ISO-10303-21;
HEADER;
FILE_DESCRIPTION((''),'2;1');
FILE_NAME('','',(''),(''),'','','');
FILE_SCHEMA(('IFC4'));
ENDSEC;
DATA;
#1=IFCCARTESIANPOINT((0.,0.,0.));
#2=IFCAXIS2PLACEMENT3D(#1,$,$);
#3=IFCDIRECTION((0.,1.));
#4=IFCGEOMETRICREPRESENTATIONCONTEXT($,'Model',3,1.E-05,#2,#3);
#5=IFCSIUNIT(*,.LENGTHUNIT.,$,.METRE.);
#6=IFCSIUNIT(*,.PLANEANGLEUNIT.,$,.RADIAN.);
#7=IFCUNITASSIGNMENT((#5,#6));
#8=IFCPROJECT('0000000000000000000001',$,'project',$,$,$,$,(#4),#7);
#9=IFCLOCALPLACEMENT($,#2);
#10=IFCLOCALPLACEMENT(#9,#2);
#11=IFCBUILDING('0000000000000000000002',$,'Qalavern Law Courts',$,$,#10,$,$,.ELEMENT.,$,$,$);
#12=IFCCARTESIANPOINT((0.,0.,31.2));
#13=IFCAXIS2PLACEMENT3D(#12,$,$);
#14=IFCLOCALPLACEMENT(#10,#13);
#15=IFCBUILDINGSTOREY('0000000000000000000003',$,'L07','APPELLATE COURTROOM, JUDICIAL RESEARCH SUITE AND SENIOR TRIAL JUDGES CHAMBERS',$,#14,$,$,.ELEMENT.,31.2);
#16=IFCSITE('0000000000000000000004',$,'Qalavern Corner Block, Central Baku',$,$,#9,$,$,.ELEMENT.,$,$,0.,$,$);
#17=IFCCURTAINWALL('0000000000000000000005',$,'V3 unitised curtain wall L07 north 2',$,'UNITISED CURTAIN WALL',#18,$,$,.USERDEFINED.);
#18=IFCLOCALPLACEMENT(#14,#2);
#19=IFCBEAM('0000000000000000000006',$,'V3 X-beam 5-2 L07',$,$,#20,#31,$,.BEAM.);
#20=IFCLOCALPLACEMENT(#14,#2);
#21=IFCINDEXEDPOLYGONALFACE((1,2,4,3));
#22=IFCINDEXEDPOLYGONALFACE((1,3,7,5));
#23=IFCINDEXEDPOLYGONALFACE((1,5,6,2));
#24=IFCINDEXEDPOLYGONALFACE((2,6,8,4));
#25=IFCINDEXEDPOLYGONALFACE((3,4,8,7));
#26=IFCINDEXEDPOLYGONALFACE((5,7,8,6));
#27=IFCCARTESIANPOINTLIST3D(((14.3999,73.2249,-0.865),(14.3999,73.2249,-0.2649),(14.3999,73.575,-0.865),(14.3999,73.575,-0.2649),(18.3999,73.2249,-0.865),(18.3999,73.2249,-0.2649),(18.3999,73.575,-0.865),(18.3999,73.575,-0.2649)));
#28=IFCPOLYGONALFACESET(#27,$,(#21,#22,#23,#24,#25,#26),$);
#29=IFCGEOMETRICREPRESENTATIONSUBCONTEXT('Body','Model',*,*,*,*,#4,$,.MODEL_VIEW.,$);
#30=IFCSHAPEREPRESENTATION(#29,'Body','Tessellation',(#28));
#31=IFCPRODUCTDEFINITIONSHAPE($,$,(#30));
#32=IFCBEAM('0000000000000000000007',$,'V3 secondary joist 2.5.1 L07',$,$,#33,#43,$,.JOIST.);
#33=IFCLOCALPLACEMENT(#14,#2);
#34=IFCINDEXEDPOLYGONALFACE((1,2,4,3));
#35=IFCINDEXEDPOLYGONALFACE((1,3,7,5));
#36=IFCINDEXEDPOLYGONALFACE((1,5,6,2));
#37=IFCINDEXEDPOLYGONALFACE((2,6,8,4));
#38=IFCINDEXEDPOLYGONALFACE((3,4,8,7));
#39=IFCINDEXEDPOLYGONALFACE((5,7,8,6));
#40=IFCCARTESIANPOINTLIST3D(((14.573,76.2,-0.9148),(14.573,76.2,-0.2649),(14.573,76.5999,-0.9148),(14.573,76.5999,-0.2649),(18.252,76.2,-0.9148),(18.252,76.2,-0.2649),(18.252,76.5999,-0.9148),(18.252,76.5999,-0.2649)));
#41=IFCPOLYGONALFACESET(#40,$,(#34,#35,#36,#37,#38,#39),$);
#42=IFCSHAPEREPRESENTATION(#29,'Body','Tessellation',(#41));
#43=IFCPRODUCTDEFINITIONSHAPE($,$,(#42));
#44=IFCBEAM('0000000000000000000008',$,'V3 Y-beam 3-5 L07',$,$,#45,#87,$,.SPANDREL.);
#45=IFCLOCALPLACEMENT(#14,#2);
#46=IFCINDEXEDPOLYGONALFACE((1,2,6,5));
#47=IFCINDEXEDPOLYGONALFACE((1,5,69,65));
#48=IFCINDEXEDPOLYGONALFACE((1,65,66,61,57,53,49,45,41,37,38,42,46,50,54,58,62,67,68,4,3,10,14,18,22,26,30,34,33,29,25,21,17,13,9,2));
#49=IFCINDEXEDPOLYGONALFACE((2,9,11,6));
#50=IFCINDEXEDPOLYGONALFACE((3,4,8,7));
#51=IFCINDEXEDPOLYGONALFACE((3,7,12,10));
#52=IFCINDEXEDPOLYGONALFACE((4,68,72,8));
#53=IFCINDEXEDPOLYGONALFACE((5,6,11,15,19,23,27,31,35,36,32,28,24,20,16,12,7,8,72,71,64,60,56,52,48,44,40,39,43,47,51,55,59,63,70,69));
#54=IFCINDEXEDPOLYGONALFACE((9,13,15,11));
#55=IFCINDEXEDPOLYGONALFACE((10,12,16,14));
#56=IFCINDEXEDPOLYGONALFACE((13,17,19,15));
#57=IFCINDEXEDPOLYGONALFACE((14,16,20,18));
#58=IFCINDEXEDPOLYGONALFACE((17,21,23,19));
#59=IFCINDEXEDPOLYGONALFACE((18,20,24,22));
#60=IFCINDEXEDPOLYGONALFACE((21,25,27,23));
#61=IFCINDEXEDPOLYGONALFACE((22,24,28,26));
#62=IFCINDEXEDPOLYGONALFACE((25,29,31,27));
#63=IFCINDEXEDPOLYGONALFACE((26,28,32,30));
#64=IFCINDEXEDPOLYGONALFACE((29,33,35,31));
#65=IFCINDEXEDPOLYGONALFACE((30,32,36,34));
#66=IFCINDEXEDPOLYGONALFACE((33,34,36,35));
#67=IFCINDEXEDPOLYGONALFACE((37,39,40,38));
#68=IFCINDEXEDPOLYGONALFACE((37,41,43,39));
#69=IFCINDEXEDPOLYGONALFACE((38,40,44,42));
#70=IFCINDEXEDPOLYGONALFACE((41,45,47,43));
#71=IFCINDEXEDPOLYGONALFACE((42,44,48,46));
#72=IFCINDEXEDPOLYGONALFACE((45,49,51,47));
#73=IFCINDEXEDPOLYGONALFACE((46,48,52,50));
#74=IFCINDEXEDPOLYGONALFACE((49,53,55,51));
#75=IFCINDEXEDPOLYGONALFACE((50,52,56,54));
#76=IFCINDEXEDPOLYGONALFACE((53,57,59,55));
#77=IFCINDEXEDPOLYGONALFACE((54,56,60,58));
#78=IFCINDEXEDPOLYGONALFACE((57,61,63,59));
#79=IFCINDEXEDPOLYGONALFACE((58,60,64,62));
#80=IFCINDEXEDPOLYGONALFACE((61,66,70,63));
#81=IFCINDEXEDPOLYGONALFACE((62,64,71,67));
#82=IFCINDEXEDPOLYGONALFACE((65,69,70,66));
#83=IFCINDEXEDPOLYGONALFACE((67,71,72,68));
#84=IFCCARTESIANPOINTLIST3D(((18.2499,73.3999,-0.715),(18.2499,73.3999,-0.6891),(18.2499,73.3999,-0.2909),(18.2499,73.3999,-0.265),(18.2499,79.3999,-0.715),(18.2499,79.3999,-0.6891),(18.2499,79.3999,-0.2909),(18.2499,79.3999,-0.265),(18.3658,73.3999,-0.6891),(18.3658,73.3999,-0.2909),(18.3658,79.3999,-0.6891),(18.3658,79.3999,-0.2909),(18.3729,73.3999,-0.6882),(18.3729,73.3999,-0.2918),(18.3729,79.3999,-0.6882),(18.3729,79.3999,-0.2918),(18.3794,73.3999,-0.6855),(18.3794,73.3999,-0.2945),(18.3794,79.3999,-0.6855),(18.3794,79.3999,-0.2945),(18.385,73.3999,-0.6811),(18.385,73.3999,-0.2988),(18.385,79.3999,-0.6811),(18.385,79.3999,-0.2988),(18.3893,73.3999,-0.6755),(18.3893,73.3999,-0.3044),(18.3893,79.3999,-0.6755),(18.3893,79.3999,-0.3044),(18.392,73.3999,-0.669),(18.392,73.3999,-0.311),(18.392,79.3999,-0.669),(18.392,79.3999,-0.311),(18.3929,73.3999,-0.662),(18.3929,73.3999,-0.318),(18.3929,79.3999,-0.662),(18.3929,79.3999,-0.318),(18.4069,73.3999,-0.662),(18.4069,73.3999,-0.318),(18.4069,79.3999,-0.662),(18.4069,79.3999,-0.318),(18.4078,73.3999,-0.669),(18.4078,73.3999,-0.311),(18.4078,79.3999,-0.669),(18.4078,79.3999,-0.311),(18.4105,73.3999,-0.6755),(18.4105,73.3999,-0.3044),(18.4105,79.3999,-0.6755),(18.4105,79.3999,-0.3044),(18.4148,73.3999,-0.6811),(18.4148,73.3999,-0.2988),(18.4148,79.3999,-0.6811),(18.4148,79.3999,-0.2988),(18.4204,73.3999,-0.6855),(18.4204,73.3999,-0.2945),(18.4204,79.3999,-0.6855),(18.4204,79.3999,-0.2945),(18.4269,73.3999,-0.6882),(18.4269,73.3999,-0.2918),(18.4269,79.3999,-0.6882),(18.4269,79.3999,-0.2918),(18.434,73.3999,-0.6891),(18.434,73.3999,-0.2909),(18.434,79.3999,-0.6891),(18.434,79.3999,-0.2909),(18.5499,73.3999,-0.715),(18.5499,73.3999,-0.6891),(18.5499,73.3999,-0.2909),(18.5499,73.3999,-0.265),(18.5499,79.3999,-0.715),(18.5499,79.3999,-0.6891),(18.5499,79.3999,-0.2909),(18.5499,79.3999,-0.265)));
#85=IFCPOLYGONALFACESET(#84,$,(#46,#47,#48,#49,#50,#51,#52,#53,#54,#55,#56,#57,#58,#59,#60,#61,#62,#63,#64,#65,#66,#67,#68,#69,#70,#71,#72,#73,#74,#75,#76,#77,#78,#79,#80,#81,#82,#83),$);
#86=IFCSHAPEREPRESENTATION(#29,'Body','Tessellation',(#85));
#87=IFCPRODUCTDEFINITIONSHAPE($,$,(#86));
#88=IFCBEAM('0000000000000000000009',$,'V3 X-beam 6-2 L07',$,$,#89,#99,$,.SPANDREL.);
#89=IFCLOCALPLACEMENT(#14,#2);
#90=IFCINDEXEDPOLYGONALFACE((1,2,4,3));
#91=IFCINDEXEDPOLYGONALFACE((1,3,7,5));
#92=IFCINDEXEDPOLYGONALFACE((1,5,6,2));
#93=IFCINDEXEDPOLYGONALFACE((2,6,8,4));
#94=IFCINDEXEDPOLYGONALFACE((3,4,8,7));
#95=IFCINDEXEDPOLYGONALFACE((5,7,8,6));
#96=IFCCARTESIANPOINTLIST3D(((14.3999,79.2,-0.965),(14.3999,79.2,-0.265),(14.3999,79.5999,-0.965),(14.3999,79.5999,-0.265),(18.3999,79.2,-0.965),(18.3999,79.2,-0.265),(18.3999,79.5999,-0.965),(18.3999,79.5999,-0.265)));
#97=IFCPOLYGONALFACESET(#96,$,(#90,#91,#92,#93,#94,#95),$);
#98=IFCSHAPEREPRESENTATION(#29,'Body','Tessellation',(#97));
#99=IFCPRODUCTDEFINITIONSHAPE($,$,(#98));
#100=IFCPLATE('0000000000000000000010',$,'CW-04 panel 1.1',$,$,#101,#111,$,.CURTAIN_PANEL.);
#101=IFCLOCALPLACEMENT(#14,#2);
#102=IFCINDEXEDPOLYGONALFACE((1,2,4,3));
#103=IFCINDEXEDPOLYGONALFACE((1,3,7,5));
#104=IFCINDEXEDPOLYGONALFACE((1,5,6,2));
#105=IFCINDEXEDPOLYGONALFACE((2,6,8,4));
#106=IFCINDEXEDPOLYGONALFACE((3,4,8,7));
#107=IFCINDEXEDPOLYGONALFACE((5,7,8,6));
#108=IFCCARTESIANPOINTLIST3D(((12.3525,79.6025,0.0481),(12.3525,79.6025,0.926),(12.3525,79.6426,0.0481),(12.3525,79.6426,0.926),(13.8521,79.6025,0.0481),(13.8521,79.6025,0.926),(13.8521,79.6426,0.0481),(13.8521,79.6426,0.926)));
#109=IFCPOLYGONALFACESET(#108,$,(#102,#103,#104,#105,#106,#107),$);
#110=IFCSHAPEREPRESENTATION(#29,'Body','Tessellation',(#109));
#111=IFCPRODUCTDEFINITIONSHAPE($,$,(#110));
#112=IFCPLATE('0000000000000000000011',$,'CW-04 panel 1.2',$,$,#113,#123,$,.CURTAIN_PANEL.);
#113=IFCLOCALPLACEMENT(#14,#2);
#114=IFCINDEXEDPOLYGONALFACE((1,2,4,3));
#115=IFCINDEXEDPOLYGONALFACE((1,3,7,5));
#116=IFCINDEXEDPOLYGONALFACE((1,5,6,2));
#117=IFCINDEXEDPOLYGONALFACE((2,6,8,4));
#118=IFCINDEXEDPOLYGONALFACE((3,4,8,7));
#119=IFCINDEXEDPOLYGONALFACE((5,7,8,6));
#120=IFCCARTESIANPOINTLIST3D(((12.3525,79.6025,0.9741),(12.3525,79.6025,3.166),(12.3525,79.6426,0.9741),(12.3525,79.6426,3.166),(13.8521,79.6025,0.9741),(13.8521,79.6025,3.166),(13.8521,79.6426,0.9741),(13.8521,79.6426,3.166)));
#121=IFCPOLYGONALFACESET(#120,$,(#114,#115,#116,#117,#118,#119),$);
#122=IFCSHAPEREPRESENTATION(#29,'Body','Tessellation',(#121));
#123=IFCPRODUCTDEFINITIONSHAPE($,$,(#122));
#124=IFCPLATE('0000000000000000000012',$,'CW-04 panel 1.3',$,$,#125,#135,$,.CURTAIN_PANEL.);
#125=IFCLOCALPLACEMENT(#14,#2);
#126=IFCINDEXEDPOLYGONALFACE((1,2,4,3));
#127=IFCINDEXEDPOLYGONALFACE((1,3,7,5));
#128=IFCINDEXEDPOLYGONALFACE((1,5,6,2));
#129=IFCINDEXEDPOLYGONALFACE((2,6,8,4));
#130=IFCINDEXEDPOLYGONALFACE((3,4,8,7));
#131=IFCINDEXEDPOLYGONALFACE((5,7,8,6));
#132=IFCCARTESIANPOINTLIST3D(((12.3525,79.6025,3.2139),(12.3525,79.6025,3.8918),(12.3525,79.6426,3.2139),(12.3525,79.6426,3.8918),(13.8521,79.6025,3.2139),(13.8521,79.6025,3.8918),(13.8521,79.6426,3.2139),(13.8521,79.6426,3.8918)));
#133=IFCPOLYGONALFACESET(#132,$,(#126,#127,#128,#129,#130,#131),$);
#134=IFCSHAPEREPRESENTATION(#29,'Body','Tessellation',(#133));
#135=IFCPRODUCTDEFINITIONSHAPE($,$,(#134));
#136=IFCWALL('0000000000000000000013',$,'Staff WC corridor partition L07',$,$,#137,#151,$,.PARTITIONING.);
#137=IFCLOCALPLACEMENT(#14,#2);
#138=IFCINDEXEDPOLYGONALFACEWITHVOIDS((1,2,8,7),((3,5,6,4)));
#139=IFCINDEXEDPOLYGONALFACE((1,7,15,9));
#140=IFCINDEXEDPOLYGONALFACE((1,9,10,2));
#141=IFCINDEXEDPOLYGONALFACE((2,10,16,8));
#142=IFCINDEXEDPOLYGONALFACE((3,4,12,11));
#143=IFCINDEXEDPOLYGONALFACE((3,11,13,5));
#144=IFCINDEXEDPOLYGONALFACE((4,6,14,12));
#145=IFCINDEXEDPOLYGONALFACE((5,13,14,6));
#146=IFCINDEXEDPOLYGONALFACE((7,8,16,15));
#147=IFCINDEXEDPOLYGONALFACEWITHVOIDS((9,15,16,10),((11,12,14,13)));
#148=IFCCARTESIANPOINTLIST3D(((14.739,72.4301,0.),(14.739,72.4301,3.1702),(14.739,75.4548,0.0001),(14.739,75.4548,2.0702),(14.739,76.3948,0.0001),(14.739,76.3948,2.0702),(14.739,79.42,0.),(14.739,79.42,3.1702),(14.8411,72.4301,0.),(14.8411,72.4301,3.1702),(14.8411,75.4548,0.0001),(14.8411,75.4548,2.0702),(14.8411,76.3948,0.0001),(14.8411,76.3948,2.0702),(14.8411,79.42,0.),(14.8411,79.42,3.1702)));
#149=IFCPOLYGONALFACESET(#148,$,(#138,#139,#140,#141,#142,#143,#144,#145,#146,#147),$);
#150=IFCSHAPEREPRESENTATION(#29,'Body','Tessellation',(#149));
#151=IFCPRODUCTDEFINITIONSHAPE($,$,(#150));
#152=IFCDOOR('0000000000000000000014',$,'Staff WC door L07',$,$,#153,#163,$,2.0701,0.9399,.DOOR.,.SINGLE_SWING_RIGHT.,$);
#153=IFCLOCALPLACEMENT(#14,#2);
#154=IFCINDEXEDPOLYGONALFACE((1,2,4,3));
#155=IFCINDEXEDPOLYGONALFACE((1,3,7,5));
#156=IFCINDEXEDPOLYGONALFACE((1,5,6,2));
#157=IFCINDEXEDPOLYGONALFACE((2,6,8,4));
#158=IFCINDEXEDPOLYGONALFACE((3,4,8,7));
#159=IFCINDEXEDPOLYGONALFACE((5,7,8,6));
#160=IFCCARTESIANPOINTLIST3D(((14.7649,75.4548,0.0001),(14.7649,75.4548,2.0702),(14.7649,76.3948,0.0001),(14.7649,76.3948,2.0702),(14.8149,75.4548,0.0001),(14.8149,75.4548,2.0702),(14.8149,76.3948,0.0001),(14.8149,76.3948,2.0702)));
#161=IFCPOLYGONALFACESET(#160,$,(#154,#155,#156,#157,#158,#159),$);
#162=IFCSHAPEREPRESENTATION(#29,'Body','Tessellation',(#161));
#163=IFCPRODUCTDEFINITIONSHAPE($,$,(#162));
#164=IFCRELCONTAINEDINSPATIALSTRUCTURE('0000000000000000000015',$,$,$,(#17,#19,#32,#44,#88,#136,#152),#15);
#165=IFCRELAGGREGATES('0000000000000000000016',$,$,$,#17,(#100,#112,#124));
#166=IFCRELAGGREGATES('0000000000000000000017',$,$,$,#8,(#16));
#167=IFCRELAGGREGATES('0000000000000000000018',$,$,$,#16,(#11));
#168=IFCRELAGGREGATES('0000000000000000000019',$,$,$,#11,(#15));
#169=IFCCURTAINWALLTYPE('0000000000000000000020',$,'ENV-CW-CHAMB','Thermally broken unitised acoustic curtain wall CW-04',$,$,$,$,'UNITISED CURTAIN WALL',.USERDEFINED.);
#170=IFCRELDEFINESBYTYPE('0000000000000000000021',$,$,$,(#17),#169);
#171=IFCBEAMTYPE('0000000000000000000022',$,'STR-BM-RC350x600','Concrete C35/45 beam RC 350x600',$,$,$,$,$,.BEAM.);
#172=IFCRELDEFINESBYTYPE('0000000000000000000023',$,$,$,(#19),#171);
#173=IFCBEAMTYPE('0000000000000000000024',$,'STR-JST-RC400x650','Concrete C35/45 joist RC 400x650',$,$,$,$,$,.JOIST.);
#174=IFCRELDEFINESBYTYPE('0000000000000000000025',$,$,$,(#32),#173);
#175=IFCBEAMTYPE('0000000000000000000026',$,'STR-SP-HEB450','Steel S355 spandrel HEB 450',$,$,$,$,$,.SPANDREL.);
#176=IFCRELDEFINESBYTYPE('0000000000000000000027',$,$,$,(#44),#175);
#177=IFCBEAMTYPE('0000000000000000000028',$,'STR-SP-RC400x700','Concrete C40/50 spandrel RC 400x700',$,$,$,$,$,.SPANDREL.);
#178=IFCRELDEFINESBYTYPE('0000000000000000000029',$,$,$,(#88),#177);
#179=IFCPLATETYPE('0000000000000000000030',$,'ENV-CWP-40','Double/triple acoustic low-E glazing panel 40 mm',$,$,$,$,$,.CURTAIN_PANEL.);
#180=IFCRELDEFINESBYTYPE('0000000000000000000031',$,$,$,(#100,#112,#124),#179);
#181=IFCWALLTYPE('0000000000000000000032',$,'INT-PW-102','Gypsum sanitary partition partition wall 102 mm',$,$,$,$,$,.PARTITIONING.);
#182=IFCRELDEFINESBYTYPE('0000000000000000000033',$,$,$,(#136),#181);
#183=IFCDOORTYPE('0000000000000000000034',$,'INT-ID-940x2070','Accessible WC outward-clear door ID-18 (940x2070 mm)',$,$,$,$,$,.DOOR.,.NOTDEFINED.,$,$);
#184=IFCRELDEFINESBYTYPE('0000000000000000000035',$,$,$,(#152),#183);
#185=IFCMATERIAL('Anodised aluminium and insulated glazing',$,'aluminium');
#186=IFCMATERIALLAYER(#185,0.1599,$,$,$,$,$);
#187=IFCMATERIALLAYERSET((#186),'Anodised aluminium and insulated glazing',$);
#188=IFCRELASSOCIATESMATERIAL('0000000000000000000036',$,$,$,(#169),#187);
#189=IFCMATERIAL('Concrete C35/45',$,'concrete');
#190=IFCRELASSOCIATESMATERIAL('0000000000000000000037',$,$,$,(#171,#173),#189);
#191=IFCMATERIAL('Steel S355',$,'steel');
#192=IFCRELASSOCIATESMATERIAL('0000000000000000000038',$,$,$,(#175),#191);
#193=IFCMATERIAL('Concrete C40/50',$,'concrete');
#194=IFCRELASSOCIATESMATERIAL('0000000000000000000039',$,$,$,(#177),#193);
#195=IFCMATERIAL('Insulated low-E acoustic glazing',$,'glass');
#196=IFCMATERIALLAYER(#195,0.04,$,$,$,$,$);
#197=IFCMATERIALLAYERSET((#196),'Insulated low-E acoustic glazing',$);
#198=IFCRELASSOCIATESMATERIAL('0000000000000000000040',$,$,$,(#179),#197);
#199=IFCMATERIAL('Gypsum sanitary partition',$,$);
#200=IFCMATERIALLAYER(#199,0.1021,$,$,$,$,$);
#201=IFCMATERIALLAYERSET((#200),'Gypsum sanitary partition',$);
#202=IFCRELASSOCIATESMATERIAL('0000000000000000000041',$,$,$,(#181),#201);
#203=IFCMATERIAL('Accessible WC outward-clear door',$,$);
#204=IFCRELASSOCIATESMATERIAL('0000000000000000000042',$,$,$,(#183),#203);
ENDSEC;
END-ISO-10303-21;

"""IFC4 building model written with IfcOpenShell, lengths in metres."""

from ifc_helpers import new_model, si_unit, direction, frame, frame_2d, origin, origin_2d, place, context, subcontext, project, spatial, rectangle, i_section, extrude, material, layer, layer_set, material_profile, profile_set, type_object, element, fill, aggregate, save


model = new_model("IFC4")

# Units and contexts
model_context = context("Model", 3, precision=1e-05, world=origin(), true_north=direction((0.0, 1.0)))
body_context = subcontext(model_context, "Body", "Model", "MODEL_VIEW")
ifc_project = project(units=[si_unit("LENGTHUNIT", "METRE"), si_unit("PLANEANGLEUNIT", "RADIAN")], contexts=[model_context])

# Site, building, storey
site_placement = place(None, origin())
site = spatial("IfcSite", under=ifc_project, at=site_placement, Name="Qalavern Corner Block, Central Baku", CompositionType="ELEMENT", RefElevation=0.0)
building_placement = place(site_placement, origin())
building = spatial("IfcBuilding", under=site, at=building_placement, Name="Qalavern Law Courts", CompositionType="ELEMENT")
storey_placement = place(building_placement, frame((0.0, 0.0, 31.2)))
storey = spatial("IfcBuildingStorey", under=building, at=storey_placement, Name="L07", Description="APPELLATE COURTROOM, JUDICIAL RESEARCH SUITE AND SENIOR TRIAL JUDGES CHAMBERS", CompositionType="ELEMENT", Elevation=31.2)

# Curtain wall
ifc_material_1 = material(Name="Anodised aluminium and insulated glazing", Category="aluminium")
ifc_layer_1 = layer(ifc_material_1, 0.1599)
ifc_layer_set_1 = layer_set([ifc_layer_1], Name="Anodised aluminium and insulated glazing")
curtain_wall_type = type_object("IfcCurtainWallType", Name="ENV-CW-CHAMB", Description="Thermally broken unitised acoustic curtain wall CW-04", ElementType="UNITISED CURTAIN WALL", PredefinedType="USERDEFINED", material=ifc_layer_set_1)
curtain_wall_placement = place(storey_placement, origin())
curtain_wall = element("IfcCurtainWall", 1, at=curtain_wall_placement, inside=storey, type_object=curtain_wall_type, Name="V3 unitised curtain wall L07 north 2", ObjectType="UNITISED CURTAIN WALL", PredefinedType="USERDEFINED")

# Beams
ifc_material_2 = material(Name="Concrete C35/45", Category="concrete")
ifc_material_profile_1 = material_profile(ifc_material_2, rectangle(XDim=0.3501, YDim=0.6001, at=origin_2d()), Name="RC 350x600")
ifc_profile_set_1 = profile_set([ifc_material_profile_1], Name="Concrete C35/45")
beam_type_1 = type_object("IfcBeamType", Name="STR-BM-RC350x600", Description="Concrete C35/45 beam RC 350x600", PredefinedType="BEAM", material=ifc_profile_set_1)
beam_1_placement = place(storey_placement, frame((14.3999, 73.3999, -0.5649), z_axis=(1.0, 0.0, 0.0), x_axis=(0.0, 1.0, 0.0)))
element("IfcBeam", 2, at=beam_1_placement, inside=storey, type_object=beam_type_1, Name="V3 X-beam 5-2 L07", PredefinedType="BEAM", context=body_context, shape_type="SweptSolid", body=[
    extrude(rectangle(XDim=0.3501, YDim=0.6001, at=origin_2d()), origin(), (0.0, 0.0, 1.0), 4.0),
])
ifc_material_profile_2 = material_profile(ifc_material_2, rectangle(XDim=0.3999, YDim=0.6499, at=origin_2d()), Name="RC 400x650")
ifc_profile_set_2 = profile_set([ifc_material_profile_2], Name="Concrete C35/45")
beam_type_2 = type_object("IfcBeamType", Name="STR-JST-RC400x650", Description="Concrete C35/45 joist RC 400x650", PredefinedType="JOIST", material=ifc_profile_set_2)
beam_2_placement = place(storey_placement, frame((14.573, 76.3999, -0.5898), z_axis=(1.0, 0.0, 0.0), x_axis=(0.0, 1.0, 0.0)))
element("IfcBeam", 3, at=beam_2_placement, inside=storey, type_object=beam_type_2, Name="V3 secondary joist 2.5.1 L07", PredefinedType="JOIST", context=body_context, shape_type="SweptSolid", body=[
    extrude(rectangle(XDim=0.3999, YDim=0.6499, at=origin_2d()), origin(), (0.0, 0.0, 1.0), 3.679),
])
ifc_material_3 = material(Name="Steel S355", Category="steel")
ifc_material_profile_3 = material_profile(ifc_material_3, i_section(OverallWidth=0.3, OverallDepth=0.45, WebThickness=0.0139, FlangeThickness=0.0259, FilletRadius=0.0271, at=origin_2d()), Name="HEB 450")
ifc_profile_set_3 = profile_set([ifc_material_profile_3], Name="Steel S355")
beam_type_3 = type_object("IfcBeamType", Name="STR-SP-HEB450", Description="Steel S355 spandrel HEB 450", PredefinedType="SPANDREL", material=ifc_profile_set_3)
beam_3_placement = place(storey_placement, frame((18.3999, 73.3999, -0.49), z_axis=(0.0, 1.0, 0.0), x_axis=(-1.0, 0.0, 0.0)))
element("IfcBeam", 4, at=beam_3_placement, inside=storey, type_object=beam_type_3, Name="V3 Y-beam 3-5 L07", PredefinedType="SPANDREL", context=body_context, shape_type="SweptSolid", body=[
    extrude(i_section(OverallWidth=0.3, OverallDepth=0.45, WebThickness=0.0139, FlangeThickness=0.0259, FilletRadius=0.0271, at=origin_2d()), origin(), (0.0, 0.0, 1.0), 6.0),
])
ifc_material_4 = material(Name="Concrete C40/50", Category="concrete")
ifc_material_profile_4 = material_profile(ifc_material_4, rectangle(XDim=0.3999, YDim=0.7, at=origin_2d()), Name="RC 400x700")
ifc_profile_set_4 = profile_set([ifc_material_profile_4], Name="Concrete C40/50")
beam_type_4 = type_object("IfcBeamType", Name="STR-SP-RC400x700", Description="Concrete C40/50 spandrel RC 400x700", PredefinedType="SPANDREL", material=ifc_profile_set_4)
beam_4_placement = place(storey_placement, frame((14.3999, 79.3999, -0.615), z_axis=(1.0, 0.0, 0.0), x_axis=(0.0, 1.0, 0.0)))
element("IfcBeam", 5, at=beam_4_placement, inside=storey, type_object=beam_type_4, Name="V3 X-beam 6-2 L07", PredefinedType="SPANDREL", context=body_context, shape_type="SweptSolid", body=[
    extrude(rectangle(XDim=0.3999, YDim=0.7, at=origin_2d()), origin(), (0.0, 0.0, 1.0), 4.0),
])

# Plates
ifc_material_5 = material(Name="Insulated low-E acoustic glazing", Category="glass")
ifc_layer_2 = layer(ifc_material_5, 0.04)
ifc_layer_set_2 = layer_set([ifc_layer_2], Name="Insulated low-E acoustic glazing")
plate_type = type_object("IfcPlateType", Name="ENV-CWP-40", Description="Double/triple acoustic low-E glazing panel 40 mm", PredefinedType="CURTAIN_PANEL", material=ifc_layer_set_2)
plate_1_placement = place(storey_placement, frame((13.1023, 79.6226, 0.0481), z_axis=(0.0, 0.0, 1.0), x_axis=(-1.0, 0.0, 0.0)))
plate_1 = element("IfcPlate", 6, at=plate_1_placement, type_object=plate_type, Name="CW-04 panel 1.1", PredefinedType="CURTAIN_PANEL", context=body_context, shape_type="SweptSolid", body=[
    extrude(rectangle(XDim=1.4995, YDim=0.04, at=origin_2d()), origin(), (0.0, 0.0, 1.0), 0.8779),
])
plate_2_placement = place(storey_placement, frame((13.1023, 79.6226, 0.9741), z_axis=(0.0, 0.0, 1.0), x_axis=(-1.0, 0.0, 0.0)))
plate_2 = element("IfcPlate", 7, at=plate_2_placement, type_object=plate_type, Name="CW-04 panel 1.2", PredefinedType="CURTAIN_PANEL", context=body_context, shape_type="SweptSolid", body=[
    extrude(rectangle(XDim=1.4995, YDim=0.04, at=origin_2d()), origin(), (0.0, 0.0, 1.0), 2.1919),
])
plate_3_placement = place(storey_placement, frame((13.1023, 79.6226, 3.2139), z_axis=(0.0, 0.0, 1.0), x_axis=(-1.0, 0.0, 0.0)))
plate_3 = element("IfcPlate", 8, at=plate_3_placement, type_object=plate_type, Name="CW-04 panel 1.3", PredefinedType="CURTAIN_PANEL", context=body_context, shape_type="SweptSolid", body=[
    extrude(rectangle(XDim=1.4995, YDim=0.04, at=origin_2d()), origin(), (0.0, 0.0, 1.0), 0.678),
])
aggregate(curtain_wall, [plate_1, plate_2, plate_3])

# Wall, opening, door
ifc_material_6 = material(Name="Gypsum sanitary partition")
ifc_layer_3 = layer(ifc_material_6, 0.1021)
ifc_layer_set_3 = layer_set([ifc_layer_3], Name="Gypsum sanitary partition")
wall_type = type_object("IfcWallType", Name="INT-PW-102", Description="Gypsum sanitary partition partition wall 102 mm", PredefinedType="PARTITIONING", material=ifc_layer_set_3)
wall_placement = place(storey_placement, frame((14.79, 72.4299, 0.0), z_axis=(0.0, 0.0, 1.0), x_axis=(0.0, 1.0, 0.0)))
wall = element("IfcWall", 9, at=wall_placement, inside=storey, type_object=wall_type, Name="Staff WC corridor partition L07", PredefinedType="PARTITIONING", context=body_context, shape_type="SweptSolid", body=[
    extrude(rectangle(XDim=6.99, YDim=0.1021, at=frame_2d((3.4951, 0.0))), origin(), (0.0, 0.0, 1.0), 3.1702),
])
opening_placement = place(wall_placement, frame((3.0249, 0.0, 0.0)))
opening = element("IfcOpeningElement", 10, at=opening_placement, cuts=wall, PredefinedType="OPENING", context=body_context, shape_type="SweptSolid", body=[
    extrude(rectangle(XDim=0.9399, YDim=2.0701, at=frame_2d((0.47, 1.0352))), frame((0.0, 0.0659, 0.0), z_axis=(0.0, -1.0, 0.0), x_axis=(1.0, 0.0, 0.0)), (0.0, 0.0, 1.0), 0.1318),
])
ifc_material_7 = material(Name="Accessible WC outward-clear door")
door_type = type_object("IfcDoorType", Name="INT-ID-940x2070", Description="Accessible WC outward-clear door ID-18 (940x2070 mm)", OperationType="NOTDEFINED", PredefinedType="DOOR", material=ifc_material_7)
door_placement = place(opening_placement, frame((0.9399, 0.0, 0.0), z_axis=(0.0, 0.0, 1.0), x_axis=(-1.0, 0.0, 0.0)))
door = element("IfcDoor", 11, at=door_placement, inside=storey, type_object=door_type, Name="Staff WC door L07", OperationType="SINGLE_SWING_RIGHT", OverallHeight=2.0701, OverallWidth=0.9399, PredefinedType="DOOR", context=body_context, shape_type="SweptSolid", body=[
    extrude(rectangle(XDim=0.9399, YDim=2.0701, at=frame_2d((0.47, 1.0352))), frame((0.0, 0.0249, 0.0), z_axis=(0.0, -1.0, 0.0), x_axis=(1.0, 0.0, 0.0)), (0.0, 0.0, 1.0), 0.05),
])
fill(opening, door)

save(model, "model.ifc")
